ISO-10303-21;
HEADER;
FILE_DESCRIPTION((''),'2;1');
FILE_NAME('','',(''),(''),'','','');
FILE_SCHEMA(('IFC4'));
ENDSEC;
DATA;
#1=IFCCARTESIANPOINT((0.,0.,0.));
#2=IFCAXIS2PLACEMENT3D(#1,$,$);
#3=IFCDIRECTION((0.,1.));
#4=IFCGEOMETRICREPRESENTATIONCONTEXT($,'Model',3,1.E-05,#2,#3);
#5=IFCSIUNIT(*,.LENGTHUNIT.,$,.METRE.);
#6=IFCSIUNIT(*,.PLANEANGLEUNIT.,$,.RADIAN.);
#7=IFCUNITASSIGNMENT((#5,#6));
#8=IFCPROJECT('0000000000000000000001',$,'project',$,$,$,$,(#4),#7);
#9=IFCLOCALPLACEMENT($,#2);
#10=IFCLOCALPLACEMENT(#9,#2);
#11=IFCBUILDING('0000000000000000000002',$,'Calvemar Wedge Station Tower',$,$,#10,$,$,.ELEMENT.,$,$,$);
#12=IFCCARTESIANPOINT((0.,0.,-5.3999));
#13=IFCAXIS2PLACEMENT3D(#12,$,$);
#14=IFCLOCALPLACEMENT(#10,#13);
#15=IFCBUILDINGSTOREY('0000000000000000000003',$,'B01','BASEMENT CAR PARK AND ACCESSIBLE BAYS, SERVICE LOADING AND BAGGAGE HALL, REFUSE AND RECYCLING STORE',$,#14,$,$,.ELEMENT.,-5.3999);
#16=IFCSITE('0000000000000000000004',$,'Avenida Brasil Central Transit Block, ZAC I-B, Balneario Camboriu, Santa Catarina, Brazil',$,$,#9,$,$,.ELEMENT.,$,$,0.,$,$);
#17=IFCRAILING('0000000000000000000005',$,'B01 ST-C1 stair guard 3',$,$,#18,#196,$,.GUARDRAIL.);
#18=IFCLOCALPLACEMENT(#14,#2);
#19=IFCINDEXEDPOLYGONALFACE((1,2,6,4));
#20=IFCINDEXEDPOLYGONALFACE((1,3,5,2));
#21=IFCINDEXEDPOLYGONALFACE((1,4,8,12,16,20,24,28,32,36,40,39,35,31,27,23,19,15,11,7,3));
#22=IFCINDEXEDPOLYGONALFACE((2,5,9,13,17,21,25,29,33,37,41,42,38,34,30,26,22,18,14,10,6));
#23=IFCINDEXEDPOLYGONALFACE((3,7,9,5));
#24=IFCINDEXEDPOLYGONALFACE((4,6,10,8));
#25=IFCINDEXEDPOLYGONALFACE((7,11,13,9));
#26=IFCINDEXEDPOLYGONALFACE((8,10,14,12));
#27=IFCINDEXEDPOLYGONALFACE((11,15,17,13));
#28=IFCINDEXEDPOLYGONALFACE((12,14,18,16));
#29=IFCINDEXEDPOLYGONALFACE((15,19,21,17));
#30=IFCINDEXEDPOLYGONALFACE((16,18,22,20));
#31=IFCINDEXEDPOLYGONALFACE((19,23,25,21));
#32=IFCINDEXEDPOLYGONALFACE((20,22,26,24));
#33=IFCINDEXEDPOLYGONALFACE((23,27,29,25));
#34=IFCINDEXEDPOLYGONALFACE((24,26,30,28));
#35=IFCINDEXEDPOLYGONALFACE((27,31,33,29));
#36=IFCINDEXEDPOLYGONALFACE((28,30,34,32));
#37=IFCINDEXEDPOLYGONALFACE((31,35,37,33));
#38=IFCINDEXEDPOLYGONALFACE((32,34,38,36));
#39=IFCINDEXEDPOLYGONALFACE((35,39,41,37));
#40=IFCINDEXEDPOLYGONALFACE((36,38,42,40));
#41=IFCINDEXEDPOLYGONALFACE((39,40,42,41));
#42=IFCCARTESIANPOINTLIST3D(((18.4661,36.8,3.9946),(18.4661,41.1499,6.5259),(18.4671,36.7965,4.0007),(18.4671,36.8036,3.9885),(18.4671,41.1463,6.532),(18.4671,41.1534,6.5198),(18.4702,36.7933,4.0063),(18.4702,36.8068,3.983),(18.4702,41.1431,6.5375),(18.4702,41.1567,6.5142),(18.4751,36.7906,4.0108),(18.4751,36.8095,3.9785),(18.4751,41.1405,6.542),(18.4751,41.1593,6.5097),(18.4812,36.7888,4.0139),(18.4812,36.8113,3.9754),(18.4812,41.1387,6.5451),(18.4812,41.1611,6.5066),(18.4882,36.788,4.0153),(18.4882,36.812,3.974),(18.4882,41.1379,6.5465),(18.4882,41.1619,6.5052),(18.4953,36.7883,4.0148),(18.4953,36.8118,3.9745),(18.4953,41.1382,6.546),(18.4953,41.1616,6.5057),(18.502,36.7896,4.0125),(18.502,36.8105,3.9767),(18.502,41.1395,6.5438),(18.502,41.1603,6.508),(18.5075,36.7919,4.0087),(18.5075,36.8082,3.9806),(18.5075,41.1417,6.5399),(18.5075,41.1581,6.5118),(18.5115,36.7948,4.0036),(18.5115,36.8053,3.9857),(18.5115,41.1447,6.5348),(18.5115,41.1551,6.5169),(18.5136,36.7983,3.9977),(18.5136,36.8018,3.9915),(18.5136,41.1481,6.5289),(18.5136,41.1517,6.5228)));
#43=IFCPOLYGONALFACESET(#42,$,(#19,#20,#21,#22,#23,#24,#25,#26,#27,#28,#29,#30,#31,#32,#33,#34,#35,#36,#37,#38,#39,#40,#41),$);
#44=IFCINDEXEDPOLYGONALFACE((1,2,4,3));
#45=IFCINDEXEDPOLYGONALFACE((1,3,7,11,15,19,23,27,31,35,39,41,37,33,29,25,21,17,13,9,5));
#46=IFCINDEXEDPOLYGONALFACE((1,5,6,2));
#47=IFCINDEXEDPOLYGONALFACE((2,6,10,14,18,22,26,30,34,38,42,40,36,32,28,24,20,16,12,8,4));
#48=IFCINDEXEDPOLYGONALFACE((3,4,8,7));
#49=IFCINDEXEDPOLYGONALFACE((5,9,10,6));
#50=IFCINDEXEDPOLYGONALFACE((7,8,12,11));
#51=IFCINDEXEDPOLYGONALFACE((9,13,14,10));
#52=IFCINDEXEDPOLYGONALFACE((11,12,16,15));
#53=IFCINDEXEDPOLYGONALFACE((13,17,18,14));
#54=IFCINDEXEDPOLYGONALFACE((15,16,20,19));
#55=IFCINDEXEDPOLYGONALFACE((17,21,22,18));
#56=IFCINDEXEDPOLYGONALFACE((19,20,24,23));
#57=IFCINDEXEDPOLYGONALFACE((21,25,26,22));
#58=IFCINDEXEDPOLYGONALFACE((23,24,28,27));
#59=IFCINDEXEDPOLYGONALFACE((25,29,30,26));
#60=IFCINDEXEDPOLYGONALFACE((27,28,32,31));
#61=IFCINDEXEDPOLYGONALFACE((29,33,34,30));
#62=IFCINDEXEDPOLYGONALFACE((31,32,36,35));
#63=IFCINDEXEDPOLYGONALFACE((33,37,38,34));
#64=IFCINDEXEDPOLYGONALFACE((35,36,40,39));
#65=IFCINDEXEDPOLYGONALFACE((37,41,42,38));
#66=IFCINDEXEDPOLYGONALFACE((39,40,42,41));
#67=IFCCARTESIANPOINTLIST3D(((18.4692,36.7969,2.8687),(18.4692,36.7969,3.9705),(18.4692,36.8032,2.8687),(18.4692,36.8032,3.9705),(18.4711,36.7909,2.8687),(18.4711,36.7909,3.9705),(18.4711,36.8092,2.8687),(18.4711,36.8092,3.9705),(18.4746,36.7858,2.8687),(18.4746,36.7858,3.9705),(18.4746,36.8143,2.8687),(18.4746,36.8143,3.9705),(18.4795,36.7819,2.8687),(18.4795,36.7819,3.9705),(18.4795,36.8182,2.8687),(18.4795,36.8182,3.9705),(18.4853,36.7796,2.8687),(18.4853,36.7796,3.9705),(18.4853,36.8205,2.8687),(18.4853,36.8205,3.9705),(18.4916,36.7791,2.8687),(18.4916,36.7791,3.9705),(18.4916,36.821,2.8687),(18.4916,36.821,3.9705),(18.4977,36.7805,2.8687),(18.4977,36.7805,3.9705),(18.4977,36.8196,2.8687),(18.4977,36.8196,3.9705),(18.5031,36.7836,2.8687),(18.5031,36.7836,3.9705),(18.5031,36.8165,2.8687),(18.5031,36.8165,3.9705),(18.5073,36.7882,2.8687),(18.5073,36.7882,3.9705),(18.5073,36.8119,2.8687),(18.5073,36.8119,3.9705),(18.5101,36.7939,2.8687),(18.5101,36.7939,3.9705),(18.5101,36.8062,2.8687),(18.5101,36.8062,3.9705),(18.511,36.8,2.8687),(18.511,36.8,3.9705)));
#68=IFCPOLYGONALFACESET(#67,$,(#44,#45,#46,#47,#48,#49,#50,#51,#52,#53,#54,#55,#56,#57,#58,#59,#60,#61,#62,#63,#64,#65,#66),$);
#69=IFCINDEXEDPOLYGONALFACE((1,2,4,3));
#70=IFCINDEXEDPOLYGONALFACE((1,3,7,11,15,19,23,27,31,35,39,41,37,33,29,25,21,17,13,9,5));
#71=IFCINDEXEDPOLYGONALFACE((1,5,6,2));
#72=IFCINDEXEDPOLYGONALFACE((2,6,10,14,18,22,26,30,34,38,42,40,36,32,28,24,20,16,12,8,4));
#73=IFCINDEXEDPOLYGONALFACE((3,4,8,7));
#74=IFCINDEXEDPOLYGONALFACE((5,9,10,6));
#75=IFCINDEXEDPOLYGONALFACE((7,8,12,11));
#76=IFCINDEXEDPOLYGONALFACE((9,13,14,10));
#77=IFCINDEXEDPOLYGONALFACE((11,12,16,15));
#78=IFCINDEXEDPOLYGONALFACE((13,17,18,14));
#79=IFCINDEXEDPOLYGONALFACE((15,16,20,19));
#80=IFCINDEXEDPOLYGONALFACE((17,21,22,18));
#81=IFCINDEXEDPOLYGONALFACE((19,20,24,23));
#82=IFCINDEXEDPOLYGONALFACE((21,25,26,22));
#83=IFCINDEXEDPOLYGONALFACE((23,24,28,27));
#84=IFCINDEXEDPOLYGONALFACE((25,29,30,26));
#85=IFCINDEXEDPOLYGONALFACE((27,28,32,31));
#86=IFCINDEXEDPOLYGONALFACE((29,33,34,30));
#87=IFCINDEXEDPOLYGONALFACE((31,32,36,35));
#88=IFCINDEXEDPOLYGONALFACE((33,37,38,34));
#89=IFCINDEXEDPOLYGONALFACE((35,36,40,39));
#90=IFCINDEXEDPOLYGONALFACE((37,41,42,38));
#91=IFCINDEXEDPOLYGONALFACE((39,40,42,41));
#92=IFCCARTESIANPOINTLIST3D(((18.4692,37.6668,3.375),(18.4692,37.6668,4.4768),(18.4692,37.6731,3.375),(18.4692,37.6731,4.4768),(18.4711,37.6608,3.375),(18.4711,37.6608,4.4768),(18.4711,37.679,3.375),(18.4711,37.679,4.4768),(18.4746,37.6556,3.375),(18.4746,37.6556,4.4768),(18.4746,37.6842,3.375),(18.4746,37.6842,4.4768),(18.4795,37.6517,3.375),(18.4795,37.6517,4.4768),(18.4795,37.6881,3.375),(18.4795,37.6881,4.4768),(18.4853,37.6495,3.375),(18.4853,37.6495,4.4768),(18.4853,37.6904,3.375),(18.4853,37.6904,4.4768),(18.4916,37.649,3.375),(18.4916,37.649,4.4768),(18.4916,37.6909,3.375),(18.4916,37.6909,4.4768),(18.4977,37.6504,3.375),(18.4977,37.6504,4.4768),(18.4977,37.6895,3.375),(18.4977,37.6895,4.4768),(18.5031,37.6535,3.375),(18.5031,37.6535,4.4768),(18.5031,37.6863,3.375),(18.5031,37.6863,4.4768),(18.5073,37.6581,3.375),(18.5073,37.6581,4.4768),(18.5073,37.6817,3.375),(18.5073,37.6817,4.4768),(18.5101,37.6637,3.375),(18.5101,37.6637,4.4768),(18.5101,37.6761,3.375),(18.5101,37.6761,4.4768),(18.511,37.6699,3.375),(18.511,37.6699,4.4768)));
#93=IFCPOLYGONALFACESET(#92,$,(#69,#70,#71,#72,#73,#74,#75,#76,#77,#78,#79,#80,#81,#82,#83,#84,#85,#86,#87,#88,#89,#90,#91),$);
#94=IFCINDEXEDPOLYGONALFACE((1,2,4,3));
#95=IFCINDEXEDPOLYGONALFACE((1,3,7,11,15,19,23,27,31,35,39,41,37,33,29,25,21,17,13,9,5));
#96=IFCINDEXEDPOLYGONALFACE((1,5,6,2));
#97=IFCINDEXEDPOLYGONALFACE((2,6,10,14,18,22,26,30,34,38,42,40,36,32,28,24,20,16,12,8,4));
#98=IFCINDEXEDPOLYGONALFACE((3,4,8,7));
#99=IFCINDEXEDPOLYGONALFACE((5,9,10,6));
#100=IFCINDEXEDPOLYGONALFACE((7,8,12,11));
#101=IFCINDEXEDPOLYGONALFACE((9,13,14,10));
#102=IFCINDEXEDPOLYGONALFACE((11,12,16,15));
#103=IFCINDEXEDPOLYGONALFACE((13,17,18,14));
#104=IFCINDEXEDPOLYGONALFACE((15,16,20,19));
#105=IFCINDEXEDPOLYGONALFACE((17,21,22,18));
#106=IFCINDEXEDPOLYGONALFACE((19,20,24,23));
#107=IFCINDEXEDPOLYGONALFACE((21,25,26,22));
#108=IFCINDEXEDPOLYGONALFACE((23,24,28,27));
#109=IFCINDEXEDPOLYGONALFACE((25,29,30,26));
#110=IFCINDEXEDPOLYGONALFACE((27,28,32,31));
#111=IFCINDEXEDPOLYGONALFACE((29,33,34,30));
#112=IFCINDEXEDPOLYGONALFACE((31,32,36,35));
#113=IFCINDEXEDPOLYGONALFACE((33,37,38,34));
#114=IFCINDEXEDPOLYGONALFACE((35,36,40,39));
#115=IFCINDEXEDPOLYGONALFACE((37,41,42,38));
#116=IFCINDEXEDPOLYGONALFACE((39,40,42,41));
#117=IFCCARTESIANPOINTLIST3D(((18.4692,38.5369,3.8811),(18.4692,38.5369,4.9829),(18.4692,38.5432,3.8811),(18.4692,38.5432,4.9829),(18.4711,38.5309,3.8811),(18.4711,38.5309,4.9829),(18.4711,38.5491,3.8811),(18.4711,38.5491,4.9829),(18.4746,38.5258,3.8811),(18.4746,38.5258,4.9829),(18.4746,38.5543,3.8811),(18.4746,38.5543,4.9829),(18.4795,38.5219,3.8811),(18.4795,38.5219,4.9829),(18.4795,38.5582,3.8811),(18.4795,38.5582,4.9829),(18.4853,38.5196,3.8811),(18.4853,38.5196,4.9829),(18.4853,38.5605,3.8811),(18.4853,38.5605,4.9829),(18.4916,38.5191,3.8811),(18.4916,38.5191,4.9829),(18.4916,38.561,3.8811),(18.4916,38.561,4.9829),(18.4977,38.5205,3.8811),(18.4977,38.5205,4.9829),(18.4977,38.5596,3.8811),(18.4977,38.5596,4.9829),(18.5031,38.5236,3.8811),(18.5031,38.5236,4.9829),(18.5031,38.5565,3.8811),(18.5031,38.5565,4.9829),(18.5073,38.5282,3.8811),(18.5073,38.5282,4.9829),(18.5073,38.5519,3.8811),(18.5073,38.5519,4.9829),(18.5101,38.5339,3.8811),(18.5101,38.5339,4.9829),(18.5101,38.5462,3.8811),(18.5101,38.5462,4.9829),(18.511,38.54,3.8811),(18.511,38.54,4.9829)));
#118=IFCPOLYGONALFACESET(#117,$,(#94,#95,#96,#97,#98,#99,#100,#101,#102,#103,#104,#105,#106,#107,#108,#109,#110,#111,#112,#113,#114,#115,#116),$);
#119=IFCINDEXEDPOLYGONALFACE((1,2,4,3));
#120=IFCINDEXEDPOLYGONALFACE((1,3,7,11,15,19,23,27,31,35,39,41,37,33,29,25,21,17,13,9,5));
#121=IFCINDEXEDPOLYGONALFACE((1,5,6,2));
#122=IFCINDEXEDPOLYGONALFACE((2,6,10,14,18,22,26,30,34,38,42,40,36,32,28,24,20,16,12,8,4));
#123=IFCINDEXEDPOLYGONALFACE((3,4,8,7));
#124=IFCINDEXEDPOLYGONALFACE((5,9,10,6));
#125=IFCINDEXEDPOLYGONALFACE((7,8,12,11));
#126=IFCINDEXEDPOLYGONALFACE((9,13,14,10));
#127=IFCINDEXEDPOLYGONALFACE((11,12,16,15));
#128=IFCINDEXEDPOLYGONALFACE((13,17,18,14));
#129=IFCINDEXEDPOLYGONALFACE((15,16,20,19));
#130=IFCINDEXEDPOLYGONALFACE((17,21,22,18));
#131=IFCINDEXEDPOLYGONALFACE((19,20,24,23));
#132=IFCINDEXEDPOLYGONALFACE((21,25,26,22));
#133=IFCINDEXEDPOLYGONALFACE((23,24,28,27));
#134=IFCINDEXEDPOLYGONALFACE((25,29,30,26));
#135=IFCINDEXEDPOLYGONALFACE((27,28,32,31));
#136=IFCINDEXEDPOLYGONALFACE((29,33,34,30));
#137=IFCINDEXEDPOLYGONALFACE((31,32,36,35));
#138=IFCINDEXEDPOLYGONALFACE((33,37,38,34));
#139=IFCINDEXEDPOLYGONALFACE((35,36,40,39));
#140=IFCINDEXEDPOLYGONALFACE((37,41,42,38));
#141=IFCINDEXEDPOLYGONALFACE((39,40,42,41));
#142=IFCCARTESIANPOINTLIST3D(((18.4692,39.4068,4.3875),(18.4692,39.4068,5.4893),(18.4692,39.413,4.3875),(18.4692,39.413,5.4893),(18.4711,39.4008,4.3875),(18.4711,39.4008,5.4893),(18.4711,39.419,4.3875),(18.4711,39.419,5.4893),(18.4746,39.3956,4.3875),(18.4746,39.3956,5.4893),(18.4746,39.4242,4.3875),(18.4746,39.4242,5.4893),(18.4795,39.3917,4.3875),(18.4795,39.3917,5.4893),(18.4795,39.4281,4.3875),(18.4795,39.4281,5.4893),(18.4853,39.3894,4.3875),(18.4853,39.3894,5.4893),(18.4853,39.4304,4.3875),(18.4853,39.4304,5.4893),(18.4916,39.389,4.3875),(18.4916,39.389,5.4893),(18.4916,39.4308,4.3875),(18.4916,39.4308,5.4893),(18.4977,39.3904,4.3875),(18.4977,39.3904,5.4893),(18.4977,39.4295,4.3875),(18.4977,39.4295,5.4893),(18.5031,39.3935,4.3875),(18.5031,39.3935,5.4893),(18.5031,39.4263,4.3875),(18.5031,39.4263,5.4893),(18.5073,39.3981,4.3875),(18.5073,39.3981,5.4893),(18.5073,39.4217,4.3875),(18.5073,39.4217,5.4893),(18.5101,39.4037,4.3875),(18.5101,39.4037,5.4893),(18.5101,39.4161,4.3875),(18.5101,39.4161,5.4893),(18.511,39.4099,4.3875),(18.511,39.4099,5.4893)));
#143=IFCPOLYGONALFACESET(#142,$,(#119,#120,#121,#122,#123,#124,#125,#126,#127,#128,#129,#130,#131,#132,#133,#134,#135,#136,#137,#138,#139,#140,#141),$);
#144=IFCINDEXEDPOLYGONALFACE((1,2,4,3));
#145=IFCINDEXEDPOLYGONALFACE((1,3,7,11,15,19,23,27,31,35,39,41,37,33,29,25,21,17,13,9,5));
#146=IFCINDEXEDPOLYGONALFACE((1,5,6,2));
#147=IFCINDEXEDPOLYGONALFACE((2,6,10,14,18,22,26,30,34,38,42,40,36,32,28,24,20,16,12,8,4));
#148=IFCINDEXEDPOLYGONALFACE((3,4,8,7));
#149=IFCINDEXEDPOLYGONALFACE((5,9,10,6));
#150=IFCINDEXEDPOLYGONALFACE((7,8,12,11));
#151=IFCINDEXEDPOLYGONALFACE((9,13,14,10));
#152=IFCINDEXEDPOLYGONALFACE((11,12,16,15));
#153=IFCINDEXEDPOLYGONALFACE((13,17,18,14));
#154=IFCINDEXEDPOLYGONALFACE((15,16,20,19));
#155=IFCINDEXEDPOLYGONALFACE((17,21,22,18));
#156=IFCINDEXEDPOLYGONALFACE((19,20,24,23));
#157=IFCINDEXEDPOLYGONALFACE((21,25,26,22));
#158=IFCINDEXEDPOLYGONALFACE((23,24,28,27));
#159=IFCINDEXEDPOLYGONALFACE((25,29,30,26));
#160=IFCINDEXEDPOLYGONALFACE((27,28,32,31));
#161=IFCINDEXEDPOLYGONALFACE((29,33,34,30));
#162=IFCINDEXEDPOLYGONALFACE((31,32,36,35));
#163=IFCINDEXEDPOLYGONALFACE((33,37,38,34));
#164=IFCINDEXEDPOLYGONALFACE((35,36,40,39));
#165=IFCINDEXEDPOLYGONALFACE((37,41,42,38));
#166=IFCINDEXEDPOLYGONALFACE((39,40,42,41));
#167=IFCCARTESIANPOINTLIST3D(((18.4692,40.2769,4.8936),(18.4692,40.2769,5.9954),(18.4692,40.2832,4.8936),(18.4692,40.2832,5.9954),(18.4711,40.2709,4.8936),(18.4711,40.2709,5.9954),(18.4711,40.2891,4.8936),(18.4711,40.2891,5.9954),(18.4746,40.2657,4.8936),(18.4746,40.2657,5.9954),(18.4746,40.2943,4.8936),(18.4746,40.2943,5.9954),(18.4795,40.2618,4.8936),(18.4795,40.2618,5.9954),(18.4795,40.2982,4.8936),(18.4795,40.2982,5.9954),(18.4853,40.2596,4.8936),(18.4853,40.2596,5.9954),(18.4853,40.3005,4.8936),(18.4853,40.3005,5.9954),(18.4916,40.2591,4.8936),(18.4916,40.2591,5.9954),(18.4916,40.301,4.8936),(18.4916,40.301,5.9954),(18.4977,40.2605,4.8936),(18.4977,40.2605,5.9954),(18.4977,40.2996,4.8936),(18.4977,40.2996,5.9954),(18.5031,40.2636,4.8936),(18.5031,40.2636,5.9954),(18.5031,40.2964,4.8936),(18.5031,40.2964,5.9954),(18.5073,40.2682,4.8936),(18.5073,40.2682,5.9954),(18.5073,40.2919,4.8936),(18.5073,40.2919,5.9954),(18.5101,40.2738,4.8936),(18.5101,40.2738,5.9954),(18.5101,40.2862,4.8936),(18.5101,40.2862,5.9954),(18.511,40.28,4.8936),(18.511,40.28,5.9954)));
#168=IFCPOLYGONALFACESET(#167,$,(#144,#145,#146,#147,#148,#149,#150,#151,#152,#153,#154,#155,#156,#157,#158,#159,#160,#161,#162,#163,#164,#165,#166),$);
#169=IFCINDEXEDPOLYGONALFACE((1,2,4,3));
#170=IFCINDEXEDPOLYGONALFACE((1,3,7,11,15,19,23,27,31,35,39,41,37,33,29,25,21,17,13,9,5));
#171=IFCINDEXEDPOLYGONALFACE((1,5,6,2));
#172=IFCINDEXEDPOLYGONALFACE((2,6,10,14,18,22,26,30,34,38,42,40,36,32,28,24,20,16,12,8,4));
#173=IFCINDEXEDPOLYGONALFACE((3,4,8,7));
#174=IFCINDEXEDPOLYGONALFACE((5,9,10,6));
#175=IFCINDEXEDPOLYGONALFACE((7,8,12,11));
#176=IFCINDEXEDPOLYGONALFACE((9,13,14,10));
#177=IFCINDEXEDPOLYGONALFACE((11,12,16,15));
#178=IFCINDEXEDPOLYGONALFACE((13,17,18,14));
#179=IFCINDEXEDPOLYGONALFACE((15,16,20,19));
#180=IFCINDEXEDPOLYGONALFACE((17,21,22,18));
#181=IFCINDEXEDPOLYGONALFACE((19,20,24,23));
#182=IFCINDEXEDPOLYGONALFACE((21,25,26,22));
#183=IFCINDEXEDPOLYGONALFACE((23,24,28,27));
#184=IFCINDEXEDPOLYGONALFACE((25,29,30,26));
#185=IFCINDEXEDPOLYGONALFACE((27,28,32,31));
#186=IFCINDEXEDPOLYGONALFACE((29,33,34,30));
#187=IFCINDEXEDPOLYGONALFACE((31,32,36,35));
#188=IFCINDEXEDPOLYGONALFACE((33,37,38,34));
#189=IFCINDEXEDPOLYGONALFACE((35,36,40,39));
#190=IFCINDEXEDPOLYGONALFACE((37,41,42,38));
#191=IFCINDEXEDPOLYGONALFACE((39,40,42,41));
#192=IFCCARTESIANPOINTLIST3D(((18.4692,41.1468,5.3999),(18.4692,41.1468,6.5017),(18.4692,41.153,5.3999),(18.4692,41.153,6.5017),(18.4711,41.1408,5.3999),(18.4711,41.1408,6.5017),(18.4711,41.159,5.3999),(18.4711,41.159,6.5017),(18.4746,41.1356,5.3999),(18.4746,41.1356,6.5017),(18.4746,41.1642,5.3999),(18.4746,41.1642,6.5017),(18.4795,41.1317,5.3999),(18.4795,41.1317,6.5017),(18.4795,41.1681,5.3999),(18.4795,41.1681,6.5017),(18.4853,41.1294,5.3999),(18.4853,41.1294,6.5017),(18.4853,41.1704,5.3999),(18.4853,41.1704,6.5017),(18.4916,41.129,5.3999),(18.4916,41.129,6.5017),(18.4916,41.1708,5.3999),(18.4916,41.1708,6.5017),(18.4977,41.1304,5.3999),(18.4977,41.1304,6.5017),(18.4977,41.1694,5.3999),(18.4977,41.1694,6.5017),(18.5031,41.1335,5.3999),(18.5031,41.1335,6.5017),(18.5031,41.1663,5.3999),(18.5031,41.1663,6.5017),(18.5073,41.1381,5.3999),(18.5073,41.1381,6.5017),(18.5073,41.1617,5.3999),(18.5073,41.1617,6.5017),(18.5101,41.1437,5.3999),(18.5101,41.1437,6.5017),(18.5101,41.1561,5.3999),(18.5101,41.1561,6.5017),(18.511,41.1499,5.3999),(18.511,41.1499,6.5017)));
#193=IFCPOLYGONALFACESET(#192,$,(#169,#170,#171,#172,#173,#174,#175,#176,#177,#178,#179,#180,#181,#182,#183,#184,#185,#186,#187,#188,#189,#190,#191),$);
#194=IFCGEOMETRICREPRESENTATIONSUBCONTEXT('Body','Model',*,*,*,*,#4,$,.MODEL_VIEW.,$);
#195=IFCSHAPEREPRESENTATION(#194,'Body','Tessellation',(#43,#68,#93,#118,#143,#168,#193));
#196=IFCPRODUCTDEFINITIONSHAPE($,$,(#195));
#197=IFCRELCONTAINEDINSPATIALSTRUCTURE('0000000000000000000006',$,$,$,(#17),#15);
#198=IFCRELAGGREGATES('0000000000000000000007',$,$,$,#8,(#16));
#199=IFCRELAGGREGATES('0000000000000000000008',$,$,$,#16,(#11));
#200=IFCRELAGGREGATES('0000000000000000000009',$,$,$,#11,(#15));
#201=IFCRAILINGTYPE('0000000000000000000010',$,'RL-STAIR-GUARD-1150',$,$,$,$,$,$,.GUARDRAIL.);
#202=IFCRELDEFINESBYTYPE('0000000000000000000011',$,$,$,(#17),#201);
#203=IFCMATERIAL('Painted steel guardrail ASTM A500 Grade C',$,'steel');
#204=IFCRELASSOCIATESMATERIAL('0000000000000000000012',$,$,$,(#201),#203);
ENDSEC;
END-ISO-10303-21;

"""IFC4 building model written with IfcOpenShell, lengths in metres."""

from ifc_helpers import new_model, si_unit, direction, frame, origin, origin_2d, place, context, subcontext, project, spatial, circle, extrude, material, type_object, element, save


model = new_model("IFC4")

# Units and contexts
model_context = context("Model", 3, precision=1e-05, world=origin(), true_north=direction((0.0, 1.0)))
body_context = subcontext(model_context, "Body", "Model", "MODEL_VIEW")
ifc_project = project(units=[si_unit("LENGTHUNIT", "METRE"), si_unit("PLANEANGLEUNIT", "RADIAN")], contexts=[model_context])

# Site, building, storey
site_placement = place(None, origin())
site = spatial("IfcSite", under=ifc_project, at=site_placement, Name="Avenida Brasil Central Transit Block, ZAC I-B, Balneario Camboriu, Santa Catarina, Brazil", CompositionType="ELEMENT", RefElevation=0.0)
building_placement = place(site_placement, origin())
building = spatial("IfcBuilding", under=site, at=building_placement, Name="Calvemar Wedge Station Tower", CompositionType="ELEMENT")
storey_placement = place(building_placement, frame((0.0, 0.0, -5.3999)))
storey = spatial("IfcBuildingStorey", under=building, at=storey_placement, Name="B01", Description="BASEMENT CAR PARK AND ACCESSIBLE BAYS, SERVICE LOADING AND BAGGAGE HALL, REFUSE AND RECYCLING STORE", CompositionType="ELEMENT", Elevation=-5.3999)

# Railing
ifc_material_1 = material(Name="Painted steel guardrail ASTM A500 Grade C", Category="steel")
railing_type_1 = type_object("IfcRailingType", Name="RL-STAIR-GUARD-1150", PredefinedType="GUARDRAIL", material=ifc_material_1)
railing_1_placement = place(storey_placement, frame((18.49, 36.8, 2.8687)))
element("IfcRailing", 1, at=railing_1_placement, inside=storey, type_object=railing_type_1, Name="B01 ST-C1 stair guard 3", PredefinedType="GUARDRAIL", context=body_context, shape_type="SweptSolid", body=[
    extrude(circle(Radius=0.0239, at=origin_2d()), frame((0.0, 0.0, 1.126), z_axis=(0.0, 0.864312, 0.502957), x_axis=(-1.0, 0.0, 0.0)), (0.0, 0.0, 1.0), 5.0327),
    extrude(circle(Radius=0.021, at=origin_2d()), origin(), (0.0, 0.0, 1.0), 1.1018),
    extrude(circle(Radius=0.021, at=origin_2d()), frame((0.0, 0.8699, 0.5063)), (0.0, 0.0, 1.0), 1.1018),
    extrude(circle(Radius=0.021, at=origin_2d()), frame((0.0, 1.74, 1.0125)), (0.0, 0.0, 1.0), 1.1018),
    extrude(circle(Radius=0.021, at=origin_2d()), frame((0.0, 2.6099, 1.5188)), (0.0, 0.0, 1.0), 1.1018),
    extrude(circle(Radius=0.021, at=origin_2d()), frame((0.0, 3.48, 2.0249)), (0.0, 0.0, 1.0), 1.1018),
    extrude(circle(Radius=0.021, at=origin_2d()), frame((0.0, 4.3499, 2.5312)), (0.0, 0.0, 1.0), 1.1018),
])

save(model, "model.ifc")
